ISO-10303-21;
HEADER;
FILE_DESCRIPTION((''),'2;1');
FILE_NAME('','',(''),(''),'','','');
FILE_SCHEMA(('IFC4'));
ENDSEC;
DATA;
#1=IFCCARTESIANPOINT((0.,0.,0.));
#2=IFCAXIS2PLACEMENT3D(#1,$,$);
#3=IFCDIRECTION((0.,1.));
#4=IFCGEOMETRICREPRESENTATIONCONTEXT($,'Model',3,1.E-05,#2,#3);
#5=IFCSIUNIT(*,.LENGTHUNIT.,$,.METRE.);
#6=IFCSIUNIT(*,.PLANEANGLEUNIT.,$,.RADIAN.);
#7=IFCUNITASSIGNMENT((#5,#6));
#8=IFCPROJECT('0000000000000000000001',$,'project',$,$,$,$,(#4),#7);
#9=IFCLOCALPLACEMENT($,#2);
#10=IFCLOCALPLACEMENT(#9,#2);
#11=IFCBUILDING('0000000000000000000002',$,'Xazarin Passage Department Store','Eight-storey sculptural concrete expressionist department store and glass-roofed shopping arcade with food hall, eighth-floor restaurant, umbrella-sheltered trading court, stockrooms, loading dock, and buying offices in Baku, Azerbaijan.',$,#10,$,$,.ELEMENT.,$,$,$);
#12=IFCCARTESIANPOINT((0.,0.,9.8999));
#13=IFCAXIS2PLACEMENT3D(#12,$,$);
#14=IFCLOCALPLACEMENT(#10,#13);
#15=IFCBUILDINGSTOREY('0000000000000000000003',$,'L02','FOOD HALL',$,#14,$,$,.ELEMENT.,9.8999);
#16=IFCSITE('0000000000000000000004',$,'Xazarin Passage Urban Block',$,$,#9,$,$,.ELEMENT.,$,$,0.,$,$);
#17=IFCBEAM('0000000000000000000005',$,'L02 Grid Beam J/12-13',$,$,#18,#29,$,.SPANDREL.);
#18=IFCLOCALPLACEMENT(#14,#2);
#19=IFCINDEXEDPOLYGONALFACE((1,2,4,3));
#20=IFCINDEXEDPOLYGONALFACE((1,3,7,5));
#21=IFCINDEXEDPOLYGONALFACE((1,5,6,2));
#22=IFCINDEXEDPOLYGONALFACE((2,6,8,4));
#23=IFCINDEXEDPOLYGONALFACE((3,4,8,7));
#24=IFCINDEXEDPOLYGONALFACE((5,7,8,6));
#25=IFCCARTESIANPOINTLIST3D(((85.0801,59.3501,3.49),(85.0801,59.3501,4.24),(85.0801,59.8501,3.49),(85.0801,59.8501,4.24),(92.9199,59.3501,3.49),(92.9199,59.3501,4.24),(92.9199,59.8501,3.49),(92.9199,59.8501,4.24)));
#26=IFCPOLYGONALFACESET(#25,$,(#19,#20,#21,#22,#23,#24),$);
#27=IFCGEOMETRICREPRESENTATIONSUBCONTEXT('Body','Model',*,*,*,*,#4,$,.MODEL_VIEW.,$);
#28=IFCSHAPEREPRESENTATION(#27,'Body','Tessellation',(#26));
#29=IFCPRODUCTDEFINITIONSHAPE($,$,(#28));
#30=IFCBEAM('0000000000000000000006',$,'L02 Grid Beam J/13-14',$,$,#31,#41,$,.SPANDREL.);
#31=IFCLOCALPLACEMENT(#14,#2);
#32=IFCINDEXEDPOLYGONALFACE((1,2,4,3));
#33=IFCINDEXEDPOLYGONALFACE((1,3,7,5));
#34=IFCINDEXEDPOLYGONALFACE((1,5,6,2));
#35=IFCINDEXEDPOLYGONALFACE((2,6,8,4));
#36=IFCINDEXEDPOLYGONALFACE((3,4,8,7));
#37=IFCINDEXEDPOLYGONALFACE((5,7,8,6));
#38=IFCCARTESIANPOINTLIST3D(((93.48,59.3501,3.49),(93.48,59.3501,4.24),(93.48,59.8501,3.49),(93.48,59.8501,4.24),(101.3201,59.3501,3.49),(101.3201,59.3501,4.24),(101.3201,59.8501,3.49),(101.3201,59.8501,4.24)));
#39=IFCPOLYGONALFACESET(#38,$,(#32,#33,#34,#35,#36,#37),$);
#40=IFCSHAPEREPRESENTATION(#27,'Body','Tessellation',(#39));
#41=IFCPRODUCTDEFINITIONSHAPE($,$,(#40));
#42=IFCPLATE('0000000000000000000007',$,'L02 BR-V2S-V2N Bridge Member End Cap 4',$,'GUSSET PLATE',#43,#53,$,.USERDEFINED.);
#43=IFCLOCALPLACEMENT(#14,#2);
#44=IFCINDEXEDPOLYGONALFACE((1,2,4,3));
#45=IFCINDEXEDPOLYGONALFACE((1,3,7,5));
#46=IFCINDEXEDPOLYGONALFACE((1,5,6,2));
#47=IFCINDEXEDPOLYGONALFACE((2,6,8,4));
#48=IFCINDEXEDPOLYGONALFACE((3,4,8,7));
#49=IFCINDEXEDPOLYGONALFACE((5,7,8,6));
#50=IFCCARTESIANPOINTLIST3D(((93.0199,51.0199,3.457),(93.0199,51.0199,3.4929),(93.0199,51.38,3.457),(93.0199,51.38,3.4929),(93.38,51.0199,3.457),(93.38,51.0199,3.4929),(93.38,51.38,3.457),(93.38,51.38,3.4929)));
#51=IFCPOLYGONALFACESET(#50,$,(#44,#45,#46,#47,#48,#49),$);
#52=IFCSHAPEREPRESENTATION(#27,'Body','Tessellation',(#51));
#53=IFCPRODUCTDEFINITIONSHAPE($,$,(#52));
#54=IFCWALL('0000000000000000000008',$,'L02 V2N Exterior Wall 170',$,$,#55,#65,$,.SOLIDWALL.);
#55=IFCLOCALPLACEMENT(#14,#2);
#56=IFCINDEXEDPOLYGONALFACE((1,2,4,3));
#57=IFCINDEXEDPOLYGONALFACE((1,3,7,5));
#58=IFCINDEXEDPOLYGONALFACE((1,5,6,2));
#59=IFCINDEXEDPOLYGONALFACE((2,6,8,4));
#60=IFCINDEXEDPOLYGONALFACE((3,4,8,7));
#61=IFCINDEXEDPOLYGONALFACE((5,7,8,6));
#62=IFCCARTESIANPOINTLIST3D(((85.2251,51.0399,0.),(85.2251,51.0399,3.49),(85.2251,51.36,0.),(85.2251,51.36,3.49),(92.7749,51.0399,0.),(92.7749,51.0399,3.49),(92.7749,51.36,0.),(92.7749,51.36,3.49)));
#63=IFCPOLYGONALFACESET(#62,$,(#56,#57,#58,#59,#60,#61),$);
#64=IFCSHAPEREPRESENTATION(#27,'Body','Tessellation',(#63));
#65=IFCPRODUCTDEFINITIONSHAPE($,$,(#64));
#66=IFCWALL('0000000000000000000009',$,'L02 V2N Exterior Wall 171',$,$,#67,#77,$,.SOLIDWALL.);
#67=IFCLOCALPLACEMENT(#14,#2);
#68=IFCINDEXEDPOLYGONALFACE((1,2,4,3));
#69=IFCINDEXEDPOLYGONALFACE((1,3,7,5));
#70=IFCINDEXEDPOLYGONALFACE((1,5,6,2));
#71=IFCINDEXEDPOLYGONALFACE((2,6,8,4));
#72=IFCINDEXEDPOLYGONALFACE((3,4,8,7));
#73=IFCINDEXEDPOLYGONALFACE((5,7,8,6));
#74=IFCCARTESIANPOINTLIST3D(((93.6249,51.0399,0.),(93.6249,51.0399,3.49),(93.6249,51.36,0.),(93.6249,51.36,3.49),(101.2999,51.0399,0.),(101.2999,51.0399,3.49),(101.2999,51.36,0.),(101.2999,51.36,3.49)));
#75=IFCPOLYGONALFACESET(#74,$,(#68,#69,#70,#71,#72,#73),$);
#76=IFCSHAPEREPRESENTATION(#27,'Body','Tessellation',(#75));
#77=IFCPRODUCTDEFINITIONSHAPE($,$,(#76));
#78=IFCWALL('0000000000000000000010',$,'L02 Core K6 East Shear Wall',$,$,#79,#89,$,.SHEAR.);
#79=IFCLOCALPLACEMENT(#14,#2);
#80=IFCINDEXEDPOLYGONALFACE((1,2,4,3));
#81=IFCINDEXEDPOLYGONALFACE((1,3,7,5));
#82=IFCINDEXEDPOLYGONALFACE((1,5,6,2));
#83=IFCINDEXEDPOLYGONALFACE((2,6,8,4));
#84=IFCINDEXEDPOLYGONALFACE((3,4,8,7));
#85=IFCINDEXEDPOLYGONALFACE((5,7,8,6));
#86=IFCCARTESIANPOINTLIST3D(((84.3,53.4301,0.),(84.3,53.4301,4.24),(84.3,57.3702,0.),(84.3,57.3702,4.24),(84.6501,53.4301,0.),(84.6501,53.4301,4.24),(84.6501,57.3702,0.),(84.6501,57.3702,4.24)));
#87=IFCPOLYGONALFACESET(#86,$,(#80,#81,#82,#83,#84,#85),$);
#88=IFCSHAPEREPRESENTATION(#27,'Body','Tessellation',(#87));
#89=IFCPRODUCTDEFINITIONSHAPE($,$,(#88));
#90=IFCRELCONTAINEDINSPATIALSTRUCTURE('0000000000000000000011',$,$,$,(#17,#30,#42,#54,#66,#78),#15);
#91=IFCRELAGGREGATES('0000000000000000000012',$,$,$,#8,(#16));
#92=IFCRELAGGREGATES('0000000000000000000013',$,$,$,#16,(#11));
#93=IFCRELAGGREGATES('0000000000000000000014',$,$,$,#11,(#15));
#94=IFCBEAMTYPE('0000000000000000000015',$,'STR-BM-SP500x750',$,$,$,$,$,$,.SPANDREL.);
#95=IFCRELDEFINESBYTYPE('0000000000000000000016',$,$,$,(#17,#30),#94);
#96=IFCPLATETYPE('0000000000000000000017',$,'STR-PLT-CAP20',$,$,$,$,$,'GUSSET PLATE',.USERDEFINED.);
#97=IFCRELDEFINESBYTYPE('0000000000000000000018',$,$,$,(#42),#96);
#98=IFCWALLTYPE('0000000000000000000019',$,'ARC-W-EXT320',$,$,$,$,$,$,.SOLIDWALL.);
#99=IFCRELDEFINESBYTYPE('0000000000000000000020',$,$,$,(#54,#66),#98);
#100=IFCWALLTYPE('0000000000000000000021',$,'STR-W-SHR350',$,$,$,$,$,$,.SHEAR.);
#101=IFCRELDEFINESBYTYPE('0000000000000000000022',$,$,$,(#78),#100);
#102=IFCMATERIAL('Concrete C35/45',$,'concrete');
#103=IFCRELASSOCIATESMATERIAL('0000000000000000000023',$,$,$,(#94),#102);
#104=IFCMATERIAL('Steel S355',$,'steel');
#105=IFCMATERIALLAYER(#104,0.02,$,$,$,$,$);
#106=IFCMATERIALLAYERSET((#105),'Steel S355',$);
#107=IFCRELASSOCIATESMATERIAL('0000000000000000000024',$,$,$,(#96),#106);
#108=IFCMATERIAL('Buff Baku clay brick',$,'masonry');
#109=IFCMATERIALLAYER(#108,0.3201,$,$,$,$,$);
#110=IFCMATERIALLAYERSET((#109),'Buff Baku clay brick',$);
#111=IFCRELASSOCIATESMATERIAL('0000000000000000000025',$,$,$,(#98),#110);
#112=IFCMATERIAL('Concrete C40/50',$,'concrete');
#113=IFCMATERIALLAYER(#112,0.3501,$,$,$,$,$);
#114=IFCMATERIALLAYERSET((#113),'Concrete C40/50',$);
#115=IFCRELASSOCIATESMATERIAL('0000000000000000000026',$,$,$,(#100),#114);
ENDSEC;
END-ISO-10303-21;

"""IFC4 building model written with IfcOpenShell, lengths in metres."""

from ifc_helpers import new_model, si_unit, direction, frame, frame_2d, origin, origin_2d, place, context, subcontext, project, spatial, rectangle, extrude, material, layer, layer_set, material_profile, profile_set, type_object, element, save


model = new_model("IFC4")

# Units and contexts
model_context = context("Model", 3, precision=1e-05, world=origin(), true_north=direction((0.0, 1.0)))
body_context = subcontext(model_context, "Body", "Model", "MODEL_VIEW")
ifc_project = project(units=[si_unit("LENGTHUNIT", "METRE"), si_unit("PLANEANGLEUNIT", "RADIAN")], contexts=[model_context])

# Site, building, storey
site_placement = place(None, origin())
site = spatial("IfcSite", under=ifc_project, at=site_placement, Name="Xazarin Passage Urban Block", CompositionType="ELEMENT", RefElevation=0.0)
building_placement = place(site_placement, origin())
building = spatial("IfcBuilding", under=site, at=building_placement, Name="Xazarin Passage Department Store", Description="Eight-storey sculptural concrete expressionist department store and glass-roofed shopping arcade with food hall, eighth-floor restaurant, umbrella-sheltered trading court, stockrooms, loading dock, and buying offices in Baku, Azerbaijan.", CompositionType="ELEMENT")
storey_placement = place(building_placement, frame((0.0, 0.0, 9.8999)))
storey = spatial("IfcBuildingStorey", under=building, at=storey_placement, Name="L02", Description="FOOD HALL", CompositionType="ELEMENT", Elevation=9.8999)

# Shared definitions
ifc_material_1 = material(Name="Concrete C40/50", Category="concrete")

# Beams
ifc_material_2 = material(Name="Concrete C35/45", Category="concrete")
ifc_material_profile_1 = material_profile(ifc_material_2, rectangle(XDim=0.5, YDim=0.75, at=origin_2d()), Name="RC 500x750")
ifc_profile_set_1 = profile_set([ifc_material_profile_1], Name="Concrete C35/45")
beam_type_1 = type_object("IfcBeamType", Name="STR-BM-SP500x750", PredefinedType="SPANDREL", material=ifc_profile_set_1)
beam_1_placement = place(storey_placement, frame((85.0801, 59.6001, 3.865), z_axis=(1.0, 0.0, 0.0), x_axis=(0.0, 1.0, 0.0)))
element("IfcBeam", 1, at=beam_1_placement, inside=storey, type_object=beam_type_1, Name="L02 Grid Beam J/12-13", PredefinedType="SPANDREL", context=body_context, shape_type="SweptSolid", body=[
    extrude(rectangle(XDim=0.5, YDim=0.75, at=origin_2d()), origin(), (0.0, 0.0, 1.0), 7.8398),
])
beam_2_placement = place(storey_placement, frame((93.48, 59.6001, 3.865), z_axis=(1.0, 0.0, 0.0), x_axis=(0.0, 1.0, 0.0)))
element("IfcBeam", 2, at=beam_2_placement, inside=storey, type_object=beam_type_1, Name="L02 Grid Beam J/13-14", PredefinedType="SPANDREL", context=body_context, shape_type="SweptSolid", body=[
    extrude(rectangle(XDim=0.5, YDim=0.75, at=origin_2d()), origin(), (0.0, 0.0, 1.0), 7.8401),
])

# Plate
ifc_material_3 = material(Name="Steel S355", Category="steel")
ifc_layer_1 = layer(ifc_material_3, 0.02)
ifc_layer_set_1 = layer_set([ifc_layer_1], Name="Steel S355")
plate_type = type_object("IfcPlateType", Name="STR-PLT-CAP20", ElementType="GUSSET PLATE", PredefinedType="USERDEFINED", material=ifc_layer_set_1)
plate_placement = place(storey_placement, frame((93.2, 51.2, 3.457), z_axis=(0.0, 0.0, 1.0), x_axis=(1.0, 0.0, 0.0)))
element("IfcPlate", 3, at=plate_placement, inside=storey, type_object=plate_type, Name="L02 BR-V2S-V2N Bridge Member End Cap 4", ObjectType="GUSSET PLATE", PredefinedType="USERDEFINED", context=body_context, shape_type="SweptSolid", body=[
    extrude(rectangle(XDim=0.3601, YDim=0.3601, at=origin_2d()), origin(), (0.0, 0.0, 1.0), 0.0359),
])

# Walls
ifc_material_4 = material(Name="Buff Baku clay brick", Category="masonry")
ifc_layer_2 = layer(ifc_material_4, 0.3201)
ifc_layer_set_2 = layer_set([ifc_layer_2], Name="Buff Baku clay brick")
wall_type_1 = type_object("IfcWallType", Name="ARC-W-EXT320", PredefinedType="SOLIDWALL", material=ifc_layer_set_2)
wall_1_placement = place(storey_placement, frame((85.2251, 51.2, 0.0), z_axis=(0.0, 0.0, 1.0), x_axis=(1.0, 0.0, 0.0)))
element("IfcWall", 4, at=wall_1_placement, inside=storey, type_object=wall_type_1, Name="L02 V2N Exterior Wall 170", PredefinedType="SOLIDWALL", context=body_context, shape_type="SweptSolid", body=[
    extrude(rectangle(XDim=7.5498, YDim=0.3201, at=frame_2d((3.7749, 0.0))), origin(), (0.0, 0.0, 1.0), 3.49),
])
wall_2_placement = place(storey_placement, frame((93.625, 51.2, 0.0), z_axis=(0.0, 0.0, 1.0), x_axis=(1.0, 0.0, 0.0)))
element("IfcWall", 5, at=wall_2_placement, inside=storey, type_object=wall_type_1, Name="L02 V2N Exterior Wall 171", PredefinedType="SOLIDWALL", context=body_context, shape_type="SweptSolid", body=[
    extrude(rectangle(XDim=7.675, YDim=0.3201, at=frame_2d((3.8374, 0.0))), origin(), (0.0, 0.0, 1.0), 3.49),
])
ifc_layer_3 = layer(ifc_material_1, 0.3501)
ifc_layer_set_3 = layer_set([ifc_layer_3], Name="Concrete C40/50")
wall_type_2 = type_object("IfcWallType", Name="STR-W-SHR350", PredefinedType="SHEAR", material=ifc_layer_set_3)
wall_3_placement = place(storey_placement, frame((84.4751, 53.4299, 0.0), z_axis=(0.0, 0.0, 1.0), x_axis=(0.0, 1.0, 0.0)))
element("IfcWall", 6, at=wall_3_placement, inside=storey, type_object=wall_type_2, Name="L02 Core K6 East Shear Wall", PredefinedType="SHEAR", context=body_context, shape_type="SweptSolid", body=[
    extrude(rectangle(XDim=3.9402, YDim=0.3501, at=frame_2d((1.9702, 0.0))), origin(), (0.0, 0.0, 1.0), 4.24),
])

save(model, "model.ifc")
